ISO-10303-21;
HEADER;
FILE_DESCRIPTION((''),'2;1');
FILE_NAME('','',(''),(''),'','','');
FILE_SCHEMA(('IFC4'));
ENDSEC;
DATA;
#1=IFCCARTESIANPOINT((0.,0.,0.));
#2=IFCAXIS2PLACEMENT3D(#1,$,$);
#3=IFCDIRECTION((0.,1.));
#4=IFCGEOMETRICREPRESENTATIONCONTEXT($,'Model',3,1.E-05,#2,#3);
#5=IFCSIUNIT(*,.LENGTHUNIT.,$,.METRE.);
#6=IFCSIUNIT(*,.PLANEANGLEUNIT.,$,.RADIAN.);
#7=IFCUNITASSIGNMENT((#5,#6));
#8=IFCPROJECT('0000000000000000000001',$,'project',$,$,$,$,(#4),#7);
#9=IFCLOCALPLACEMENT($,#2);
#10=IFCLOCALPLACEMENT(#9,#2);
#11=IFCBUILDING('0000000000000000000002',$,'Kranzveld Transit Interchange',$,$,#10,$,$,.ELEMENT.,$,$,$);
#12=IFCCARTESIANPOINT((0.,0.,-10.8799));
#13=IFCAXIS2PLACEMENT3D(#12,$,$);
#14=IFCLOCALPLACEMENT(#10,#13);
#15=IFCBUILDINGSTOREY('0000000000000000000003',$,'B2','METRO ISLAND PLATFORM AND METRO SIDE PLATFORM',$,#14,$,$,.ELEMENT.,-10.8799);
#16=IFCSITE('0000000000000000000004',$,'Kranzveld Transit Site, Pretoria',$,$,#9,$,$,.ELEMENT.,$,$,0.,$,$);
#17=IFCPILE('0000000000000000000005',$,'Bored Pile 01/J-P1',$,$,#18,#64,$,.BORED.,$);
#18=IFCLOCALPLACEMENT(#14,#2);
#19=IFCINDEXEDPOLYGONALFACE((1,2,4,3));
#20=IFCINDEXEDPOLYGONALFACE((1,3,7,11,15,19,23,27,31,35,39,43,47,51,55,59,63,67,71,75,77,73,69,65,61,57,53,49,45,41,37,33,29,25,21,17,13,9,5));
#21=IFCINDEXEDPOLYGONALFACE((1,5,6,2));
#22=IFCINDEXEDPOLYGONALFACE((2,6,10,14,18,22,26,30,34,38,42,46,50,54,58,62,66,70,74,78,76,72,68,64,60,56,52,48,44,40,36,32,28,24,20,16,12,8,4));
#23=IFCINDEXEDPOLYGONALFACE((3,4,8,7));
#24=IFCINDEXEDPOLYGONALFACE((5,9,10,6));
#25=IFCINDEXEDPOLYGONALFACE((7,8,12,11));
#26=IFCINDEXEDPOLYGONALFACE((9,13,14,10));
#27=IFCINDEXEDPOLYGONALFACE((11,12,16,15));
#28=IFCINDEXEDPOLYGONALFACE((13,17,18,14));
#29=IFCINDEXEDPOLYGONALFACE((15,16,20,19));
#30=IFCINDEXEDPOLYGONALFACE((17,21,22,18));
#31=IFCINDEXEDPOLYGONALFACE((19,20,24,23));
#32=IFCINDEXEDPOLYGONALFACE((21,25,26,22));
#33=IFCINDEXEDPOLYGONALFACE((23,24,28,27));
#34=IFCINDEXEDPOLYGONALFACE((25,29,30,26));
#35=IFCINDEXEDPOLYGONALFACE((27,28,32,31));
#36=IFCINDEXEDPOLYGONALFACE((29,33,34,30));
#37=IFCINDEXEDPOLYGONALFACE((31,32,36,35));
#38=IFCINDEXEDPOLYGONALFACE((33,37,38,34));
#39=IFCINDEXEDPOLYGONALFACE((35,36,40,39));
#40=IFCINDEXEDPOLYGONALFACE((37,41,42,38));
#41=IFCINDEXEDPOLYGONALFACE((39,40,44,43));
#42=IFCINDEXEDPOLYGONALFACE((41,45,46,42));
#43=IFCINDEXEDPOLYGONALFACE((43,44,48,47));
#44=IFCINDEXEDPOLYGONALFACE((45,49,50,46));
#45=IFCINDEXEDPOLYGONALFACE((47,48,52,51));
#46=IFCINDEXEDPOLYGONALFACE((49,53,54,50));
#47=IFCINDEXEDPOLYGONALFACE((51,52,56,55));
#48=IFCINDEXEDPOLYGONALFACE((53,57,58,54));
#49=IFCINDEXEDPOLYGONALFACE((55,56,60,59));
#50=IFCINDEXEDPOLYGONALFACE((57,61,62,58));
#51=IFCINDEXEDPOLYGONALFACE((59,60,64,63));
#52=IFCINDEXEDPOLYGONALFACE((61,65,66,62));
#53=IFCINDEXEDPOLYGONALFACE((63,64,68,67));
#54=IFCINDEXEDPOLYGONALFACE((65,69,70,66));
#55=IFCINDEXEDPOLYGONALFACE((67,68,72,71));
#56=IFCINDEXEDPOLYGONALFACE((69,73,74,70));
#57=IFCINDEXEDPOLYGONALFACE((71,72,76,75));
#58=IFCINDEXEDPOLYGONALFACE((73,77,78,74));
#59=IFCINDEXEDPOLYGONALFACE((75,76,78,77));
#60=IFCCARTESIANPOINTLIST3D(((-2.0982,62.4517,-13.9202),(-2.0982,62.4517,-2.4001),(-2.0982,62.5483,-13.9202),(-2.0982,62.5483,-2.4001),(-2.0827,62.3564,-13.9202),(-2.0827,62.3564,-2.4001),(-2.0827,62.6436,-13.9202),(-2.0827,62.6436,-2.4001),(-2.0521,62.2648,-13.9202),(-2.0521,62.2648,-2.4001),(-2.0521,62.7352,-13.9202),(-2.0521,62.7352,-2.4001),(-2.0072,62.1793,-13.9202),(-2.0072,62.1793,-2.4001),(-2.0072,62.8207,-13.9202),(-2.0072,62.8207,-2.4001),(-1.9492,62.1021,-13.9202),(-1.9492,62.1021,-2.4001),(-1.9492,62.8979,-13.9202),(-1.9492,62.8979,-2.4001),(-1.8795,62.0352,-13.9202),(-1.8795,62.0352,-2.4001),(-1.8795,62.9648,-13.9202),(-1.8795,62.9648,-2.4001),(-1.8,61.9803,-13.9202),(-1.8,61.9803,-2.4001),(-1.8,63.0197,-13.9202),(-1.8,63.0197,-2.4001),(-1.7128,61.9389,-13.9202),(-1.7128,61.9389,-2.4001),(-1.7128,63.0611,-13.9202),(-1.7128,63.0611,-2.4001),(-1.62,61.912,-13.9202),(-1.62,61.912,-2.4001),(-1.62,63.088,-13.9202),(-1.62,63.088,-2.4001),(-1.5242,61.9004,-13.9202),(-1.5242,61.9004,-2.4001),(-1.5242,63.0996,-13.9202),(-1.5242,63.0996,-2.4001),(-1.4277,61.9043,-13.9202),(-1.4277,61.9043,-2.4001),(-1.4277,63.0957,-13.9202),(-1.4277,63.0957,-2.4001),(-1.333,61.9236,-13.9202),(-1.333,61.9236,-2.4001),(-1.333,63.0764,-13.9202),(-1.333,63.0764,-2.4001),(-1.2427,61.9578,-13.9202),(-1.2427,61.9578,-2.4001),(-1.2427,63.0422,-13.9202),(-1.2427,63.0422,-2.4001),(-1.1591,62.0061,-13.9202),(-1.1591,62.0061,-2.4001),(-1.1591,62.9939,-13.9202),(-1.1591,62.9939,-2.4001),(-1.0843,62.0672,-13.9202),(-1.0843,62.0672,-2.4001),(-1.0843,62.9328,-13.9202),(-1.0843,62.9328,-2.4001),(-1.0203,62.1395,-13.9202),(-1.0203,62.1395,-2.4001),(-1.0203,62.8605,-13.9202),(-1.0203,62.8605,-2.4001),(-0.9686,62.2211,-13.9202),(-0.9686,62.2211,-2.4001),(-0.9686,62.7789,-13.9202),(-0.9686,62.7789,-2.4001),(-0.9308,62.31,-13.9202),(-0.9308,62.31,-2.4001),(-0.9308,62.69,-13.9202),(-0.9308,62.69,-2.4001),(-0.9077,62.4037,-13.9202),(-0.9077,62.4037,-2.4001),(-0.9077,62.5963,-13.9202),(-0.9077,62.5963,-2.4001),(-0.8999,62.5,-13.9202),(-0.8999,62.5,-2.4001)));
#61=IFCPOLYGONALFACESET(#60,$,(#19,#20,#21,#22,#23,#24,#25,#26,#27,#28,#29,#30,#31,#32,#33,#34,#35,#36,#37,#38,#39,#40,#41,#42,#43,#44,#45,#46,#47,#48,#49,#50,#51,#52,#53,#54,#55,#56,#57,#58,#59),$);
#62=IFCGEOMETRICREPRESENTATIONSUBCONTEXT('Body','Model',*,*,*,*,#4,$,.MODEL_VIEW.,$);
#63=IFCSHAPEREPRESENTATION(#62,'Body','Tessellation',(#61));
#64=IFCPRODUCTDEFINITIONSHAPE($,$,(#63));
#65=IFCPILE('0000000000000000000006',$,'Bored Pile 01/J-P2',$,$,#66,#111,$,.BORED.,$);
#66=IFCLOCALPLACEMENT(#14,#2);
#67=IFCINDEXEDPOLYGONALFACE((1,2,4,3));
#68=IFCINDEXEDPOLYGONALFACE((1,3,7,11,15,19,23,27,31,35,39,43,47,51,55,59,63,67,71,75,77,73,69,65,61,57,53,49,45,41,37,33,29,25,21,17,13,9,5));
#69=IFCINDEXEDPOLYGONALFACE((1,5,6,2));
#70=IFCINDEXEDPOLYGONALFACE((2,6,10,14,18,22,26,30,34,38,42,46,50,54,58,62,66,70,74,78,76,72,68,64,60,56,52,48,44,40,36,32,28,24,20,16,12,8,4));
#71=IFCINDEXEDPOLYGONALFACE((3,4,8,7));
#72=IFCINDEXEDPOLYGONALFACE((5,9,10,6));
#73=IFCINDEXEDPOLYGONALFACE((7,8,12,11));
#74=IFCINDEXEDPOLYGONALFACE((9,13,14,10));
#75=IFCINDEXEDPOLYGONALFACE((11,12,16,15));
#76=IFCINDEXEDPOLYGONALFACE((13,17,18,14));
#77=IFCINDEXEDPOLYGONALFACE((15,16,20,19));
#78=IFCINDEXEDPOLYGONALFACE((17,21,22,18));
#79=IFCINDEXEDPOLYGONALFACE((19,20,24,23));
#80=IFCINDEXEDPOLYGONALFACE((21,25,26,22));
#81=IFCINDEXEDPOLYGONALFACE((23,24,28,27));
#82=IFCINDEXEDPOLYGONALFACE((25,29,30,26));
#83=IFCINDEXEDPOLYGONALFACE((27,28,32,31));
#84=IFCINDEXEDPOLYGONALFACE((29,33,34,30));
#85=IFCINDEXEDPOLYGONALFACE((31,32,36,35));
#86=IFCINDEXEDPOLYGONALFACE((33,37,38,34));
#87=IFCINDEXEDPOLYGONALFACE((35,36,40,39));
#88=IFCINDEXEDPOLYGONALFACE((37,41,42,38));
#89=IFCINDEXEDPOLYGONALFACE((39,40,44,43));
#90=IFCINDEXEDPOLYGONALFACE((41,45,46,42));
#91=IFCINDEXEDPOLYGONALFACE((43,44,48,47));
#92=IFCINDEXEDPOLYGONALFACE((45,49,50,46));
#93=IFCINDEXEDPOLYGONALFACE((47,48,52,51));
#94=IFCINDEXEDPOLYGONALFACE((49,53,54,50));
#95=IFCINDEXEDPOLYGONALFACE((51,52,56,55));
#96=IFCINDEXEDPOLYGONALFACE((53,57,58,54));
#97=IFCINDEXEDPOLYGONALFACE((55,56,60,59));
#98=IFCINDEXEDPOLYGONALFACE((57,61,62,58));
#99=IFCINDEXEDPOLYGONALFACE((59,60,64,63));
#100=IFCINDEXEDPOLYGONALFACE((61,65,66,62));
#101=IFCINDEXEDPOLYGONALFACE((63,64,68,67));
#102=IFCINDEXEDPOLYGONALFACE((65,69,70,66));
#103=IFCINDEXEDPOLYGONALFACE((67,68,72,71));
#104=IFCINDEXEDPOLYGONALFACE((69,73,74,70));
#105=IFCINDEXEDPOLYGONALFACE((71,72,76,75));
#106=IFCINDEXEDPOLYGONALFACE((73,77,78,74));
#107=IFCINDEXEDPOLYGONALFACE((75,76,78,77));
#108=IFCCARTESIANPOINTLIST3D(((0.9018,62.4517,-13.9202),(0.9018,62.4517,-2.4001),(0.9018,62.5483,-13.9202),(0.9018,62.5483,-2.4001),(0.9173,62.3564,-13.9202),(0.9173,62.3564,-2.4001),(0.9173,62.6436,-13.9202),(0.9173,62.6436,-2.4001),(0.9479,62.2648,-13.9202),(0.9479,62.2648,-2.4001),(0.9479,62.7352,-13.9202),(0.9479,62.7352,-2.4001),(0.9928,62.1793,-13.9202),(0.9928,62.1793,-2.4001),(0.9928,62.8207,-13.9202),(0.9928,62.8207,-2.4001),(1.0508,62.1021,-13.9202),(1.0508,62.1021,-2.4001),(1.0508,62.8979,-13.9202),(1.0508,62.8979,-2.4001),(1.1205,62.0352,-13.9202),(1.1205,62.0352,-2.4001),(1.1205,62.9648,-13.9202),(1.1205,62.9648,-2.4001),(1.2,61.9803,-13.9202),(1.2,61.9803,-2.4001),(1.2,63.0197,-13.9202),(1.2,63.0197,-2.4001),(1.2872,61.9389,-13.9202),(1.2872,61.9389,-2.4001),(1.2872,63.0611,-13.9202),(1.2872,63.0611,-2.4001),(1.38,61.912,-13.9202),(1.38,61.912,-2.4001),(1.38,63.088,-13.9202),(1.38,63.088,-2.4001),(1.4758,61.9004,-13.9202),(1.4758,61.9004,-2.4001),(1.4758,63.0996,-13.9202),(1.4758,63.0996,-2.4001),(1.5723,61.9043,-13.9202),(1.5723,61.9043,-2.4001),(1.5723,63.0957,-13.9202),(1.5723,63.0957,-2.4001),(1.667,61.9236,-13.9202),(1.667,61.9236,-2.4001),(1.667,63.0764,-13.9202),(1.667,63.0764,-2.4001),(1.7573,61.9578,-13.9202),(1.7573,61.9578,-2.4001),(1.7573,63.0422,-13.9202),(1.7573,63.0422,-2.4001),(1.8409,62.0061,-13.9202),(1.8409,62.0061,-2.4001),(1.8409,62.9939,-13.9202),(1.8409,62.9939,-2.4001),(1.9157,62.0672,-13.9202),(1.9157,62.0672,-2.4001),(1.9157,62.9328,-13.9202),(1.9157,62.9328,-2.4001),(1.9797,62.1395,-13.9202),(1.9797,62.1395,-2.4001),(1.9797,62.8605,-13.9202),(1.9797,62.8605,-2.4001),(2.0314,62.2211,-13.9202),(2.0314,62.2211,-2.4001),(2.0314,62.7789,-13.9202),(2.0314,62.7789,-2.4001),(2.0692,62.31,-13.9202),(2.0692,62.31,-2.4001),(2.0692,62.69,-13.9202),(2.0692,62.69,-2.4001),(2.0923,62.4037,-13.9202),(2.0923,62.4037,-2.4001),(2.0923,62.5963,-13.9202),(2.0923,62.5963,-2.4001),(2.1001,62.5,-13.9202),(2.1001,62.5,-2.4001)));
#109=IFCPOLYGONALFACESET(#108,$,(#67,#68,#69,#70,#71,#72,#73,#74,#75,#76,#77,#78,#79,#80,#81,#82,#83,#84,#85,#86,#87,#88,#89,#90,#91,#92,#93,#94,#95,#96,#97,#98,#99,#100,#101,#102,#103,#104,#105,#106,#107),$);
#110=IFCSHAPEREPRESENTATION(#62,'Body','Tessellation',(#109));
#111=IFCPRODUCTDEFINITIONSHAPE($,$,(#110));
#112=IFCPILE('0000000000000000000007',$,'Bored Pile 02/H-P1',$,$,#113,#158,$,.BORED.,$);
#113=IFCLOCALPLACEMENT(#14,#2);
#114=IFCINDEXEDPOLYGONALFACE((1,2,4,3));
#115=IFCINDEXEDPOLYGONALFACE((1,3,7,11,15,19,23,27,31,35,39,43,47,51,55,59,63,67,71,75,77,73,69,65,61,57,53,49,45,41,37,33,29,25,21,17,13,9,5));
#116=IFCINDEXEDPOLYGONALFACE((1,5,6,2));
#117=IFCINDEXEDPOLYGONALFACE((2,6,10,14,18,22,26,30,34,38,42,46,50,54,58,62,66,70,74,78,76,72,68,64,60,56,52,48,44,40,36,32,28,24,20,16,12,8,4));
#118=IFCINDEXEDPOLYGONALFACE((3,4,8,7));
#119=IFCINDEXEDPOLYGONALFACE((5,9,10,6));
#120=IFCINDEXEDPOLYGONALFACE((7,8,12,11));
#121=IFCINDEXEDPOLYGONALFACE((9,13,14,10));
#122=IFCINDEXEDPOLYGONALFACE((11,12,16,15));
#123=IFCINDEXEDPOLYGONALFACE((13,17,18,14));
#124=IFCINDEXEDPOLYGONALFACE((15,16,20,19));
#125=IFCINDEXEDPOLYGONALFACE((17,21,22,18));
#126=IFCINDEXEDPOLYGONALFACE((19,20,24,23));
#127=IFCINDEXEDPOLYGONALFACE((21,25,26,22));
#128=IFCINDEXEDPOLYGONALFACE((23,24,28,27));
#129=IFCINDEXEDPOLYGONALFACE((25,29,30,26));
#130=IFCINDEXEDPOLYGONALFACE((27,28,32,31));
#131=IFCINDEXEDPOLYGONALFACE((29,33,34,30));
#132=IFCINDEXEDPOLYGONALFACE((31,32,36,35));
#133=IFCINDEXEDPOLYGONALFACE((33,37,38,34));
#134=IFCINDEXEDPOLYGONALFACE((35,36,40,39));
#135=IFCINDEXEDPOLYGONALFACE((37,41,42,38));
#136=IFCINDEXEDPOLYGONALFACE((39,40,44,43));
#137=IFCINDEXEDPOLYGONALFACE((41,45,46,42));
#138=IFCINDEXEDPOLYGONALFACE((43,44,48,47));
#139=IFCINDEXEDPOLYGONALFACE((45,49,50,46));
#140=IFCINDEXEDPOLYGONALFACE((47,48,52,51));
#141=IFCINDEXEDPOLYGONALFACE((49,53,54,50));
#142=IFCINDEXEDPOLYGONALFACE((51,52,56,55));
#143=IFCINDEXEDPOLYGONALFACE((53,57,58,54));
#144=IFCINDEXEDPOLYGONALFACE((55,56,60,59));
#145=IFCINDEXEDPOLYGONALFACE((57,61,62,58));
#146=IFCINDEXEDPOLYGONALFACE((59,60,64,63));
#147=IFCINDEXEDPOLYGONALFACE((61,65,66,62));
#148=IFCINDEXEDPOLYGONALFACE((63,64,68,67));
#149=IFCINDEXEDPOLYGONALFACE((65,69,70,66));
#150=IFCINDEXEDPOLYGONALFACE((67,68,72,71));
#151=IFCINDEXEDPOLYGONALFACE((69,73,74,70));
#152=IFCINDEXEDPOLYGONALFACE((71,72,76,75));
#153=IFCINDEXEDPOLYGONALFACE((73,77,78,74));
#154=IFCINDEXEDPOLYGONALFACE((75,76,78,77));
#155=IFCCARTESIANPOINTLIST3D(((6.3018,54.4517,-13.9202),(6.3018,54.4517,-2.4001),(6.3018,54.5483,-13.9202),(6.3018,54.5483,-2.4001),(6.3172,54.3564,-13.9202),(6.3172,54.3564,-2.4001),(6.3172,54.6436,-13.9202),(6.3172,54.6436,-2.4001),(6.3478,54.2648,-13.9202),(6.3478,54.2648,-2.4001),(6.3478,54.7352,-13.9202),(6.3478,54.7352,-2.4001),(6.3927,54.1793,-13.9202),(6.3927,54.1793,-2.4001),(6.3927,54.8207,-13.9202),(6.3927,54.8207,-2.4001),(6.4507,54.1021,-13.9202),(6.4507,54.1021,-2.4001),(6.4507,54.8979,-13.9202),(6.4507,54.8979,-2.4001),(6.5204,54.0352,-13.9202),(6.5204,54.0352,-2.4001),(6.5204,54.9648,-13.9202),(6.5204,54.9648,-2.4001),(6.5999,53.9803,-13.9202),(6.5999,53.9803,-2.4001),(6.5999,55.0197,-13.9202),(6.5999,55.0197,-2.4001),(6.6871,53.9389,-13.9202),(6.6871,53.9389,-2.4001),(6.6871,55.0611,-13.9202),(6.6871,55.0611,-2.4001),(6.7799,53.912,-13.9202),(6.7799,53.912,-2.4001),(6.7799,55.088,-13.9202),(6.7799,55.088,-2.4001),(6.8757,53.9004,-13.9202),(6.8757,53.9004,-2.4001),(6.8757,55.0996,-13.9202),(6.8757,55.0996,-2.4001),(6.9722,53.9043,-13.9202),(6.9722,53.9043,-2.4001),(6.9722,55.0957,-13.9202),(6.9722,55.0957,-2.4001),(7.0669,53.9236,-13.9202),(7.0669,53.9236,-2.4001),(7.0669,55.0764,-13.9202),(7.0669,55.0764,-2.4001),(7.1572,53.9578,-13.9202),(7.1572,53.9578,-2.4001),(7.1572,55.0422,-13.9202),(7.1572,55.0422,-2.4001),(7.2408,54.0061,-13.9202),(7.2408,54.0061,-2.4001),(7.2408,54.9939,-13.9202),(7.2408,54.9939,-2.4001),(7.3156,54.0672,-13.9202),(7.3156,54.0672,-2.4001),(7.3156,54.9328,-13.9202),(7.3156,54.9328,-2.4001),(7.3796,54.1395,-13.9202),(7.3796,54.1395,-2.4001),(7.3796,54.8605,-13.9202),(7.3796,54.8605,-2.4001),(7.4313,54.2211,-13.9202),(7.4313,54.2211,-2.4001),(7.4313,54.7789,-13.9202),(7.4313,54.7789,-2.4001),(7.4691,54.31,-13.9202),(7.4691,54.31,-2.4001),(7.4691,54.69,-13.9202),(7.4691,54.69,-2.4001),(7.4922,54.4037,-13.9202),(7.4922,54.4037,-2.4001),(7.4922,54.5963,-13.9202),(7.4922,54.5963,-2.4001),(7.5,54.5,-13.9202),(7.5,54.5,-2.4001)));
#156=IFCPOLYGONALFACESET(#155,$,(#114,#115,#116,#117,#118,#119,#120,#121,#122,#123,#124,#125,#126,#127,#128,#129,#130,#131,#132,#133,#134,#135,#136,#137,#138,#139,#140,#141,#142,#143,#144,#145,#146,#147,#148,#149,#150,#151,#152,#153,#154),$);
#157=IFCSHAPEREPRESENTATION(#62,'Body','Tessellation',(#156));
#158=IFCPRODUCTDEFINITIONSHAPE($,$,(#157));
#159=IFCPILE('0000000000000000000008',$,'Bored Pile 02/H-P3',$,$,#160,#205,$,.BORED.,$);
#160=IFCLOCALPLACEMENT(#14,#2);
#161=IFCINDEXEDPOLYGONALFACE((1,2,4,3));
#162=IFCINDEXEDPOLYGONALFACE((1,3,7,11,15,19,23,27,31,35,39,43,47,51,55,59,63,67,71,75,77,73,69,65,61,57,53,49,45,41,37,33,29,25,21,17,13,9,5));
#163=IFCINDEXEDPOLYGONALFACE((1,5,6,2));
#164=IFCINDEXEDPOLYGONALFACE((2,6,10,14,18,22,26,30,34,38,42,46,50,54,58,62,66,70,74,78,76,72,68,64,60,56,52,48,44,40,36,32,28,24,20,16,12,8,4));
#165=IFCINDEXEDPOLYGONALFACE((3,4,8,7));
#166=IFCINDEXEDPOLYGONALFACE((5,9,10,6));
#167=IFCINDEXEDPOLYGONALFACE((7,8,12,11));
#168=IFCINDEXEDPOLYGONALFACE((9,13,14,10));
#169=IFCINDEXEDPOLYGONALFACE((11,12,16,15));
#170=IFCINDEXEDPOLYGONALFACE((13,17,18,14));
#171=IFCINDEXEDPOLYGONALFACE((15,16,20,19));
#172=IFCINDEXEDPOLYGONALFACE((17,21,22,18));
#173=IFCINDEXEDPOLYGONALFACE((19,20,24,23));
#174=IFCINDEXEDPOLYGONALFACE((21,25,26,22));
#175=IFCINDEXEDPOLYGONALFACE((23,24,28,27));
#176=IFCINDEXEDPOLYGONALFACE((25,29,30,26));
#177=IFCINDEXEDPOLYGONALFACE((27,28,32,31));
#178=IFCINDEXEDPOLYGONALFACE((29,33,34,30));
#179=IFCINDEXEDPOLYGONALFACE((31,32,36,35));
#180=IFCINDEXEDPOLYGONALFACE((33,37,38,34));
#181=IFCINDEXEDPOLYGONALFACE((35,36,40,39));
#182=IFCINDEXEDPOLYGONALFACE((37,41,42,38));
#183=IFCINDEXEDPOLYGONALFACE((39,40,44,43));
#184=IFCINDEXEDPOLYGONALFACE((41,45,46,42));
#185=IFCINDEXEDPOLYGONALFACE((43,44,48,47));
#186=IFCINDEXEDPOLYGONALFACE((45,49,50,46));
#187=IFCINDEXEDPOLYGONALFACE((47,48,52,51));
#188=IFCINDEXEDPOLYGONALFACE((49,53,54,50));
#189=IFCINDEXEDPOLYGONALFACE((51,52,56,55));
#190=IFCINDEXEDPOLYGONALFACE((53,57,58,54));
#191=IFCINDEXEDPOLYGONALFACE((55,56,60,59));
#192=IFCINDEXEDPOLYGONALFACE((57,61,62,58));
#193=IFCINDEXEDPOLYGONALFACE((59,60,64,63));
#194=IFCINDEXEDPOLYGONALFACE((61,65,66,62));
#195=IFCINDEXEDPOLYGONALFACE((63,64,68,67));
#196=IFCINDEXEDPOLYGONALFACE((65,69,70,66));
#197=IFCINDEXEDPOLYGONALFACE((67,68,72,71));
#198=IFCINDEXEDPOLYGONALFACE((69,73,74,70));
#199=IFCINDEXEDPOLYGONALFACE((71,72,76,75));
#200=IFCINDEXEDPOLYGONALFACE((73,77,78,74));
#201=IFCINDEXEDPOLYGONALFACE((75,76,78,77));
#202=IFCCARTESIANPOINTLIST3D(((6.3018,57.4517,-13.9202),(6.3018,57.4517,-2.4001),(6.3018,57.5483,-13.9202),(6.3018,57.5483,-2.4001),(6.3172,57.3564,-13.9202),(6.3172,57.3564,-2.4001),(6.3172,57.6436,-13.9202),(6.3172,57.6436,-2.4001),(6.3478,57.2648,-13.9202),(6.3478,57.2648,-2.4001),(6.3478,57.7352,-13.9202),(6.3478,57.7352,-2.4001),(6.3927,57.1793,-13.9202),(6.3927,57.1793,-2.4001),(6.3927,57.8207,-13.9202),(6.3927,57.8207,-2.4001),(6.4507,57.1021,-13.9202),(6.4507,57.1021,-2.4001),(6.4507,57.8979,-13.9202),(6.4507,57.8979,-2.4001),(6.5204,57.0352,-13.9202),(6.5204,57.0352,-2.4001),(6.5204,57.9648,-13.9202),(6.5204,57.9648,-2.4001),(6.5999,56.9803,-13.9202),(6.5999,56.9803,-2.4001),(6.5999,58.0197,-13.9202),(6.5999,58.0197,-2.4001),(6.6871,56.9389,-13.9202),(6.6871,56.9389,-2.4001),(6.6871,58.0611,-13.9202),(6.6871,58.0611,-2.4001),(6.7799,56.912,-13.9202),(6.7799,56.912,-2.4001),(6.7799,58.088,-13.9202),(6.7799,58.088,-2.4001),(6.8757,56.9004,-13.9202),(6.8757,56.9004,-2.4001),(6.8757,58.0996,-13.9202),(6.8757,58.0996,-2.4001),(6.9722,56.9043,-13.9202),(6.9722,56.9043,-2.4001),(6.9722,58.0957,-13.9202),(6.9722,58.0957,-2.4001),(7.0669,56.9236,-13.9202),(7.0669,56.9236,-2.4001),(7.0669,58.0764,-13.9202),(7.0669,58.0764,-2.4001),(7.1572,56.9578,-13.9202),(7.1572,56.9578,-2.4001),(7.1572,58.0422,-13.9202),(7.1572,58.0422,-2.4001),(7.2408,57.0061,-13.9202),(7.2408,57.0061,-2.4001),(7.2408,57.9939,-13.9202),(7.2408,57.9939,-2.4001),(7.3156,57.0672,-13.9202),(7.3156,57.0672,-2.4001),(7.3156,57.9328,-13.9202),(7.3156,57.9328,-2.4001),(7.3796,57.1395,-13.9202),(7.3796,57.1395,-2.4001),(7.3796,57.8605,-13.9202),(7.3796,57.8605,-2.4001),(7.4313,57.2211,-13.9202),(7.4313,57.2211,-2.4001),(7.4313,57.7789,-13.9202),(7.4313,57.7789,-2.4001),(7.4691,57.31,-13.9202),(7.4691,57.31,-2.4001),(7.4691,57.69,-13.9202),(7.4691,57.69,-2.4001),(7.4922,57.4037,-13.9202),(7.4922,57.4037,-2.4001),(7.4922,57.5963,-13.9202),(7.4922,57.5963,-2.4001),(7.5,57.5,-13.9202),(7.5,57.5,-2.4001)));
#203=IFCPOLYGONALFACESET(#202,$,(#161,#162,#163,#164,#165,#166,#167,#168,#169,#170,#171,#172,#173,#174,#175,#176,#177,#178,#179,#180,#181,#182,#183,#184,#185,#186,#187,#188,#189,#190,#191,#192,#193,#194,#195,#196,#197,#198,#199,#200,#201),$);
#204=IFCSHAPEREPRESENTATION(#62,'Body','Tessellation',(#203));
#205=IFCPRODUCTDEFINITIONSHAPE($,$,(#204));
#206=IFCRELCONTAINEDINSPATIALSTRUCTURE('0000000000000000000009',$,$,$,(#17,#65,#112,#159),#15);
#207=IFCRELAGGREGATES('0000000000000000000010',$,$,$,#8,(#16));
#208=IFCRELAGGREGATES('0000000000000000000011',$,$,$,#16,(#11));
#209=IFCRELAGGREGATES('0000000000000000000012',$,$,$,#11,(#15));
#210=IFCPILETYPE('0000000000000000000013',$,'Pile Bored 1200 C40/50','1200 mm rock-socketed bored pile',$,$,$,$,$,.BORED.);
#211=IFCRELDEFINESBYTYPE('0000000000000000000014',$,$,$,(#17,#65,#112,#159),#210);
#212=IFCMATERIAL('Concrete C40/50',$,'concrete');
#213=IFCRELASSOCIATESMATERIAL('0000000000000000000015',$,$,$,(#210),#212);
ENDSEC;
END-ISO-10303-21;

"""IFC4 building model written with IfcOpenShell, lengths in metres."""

from ifc_helpers import new_model, si_unit, direction, frame, origin, origin_2d, place, context, subcontext, project, spatial, circle, extrude, material, material_profile, profile_set, type_object, element, save


model = new_model("IFC4")

# Units and contexts
model_context = context("Model", 3, precision=1e-05, world=origin(), true_north=direction((0.0, 1.0)))
body_context = subcontext(model_context, "Body", "Model", "MODEL_VIEW")
ifc_project = project(units=[si_unit("LENGTHUNIT", "METRE"), si_unit("PLANEANGLEUNIT", "RADIAN")], contexts=[model_context])

# Site, building, storey
site_placement = place(None, origin())
site = spatial("IfcSite", under=ifc_project, at=site_placement, Name="Kranzveld Transit Site, Pretoria", CompositionType="ELEMENT", RefElevation=0.0)
building_placement = place(site_placement, origin())
building = spatial("IfcBuilding", under=site, at=building_placement, Name="Kranzveld Transit Interchange", CompositionType="ELEMENT")
storey_placement = place(building_placement, frame((0.0, 0.0, -10.8799)))
storey = spatial("IfcBuildingStorey", under=building, at=storey_placement, Name="B2", Description="METRO ISLAND PLATFORM AND METRO SIDE PLATFORM", CompositionType="ELEMENT", Elevation=-10.8799)

# Piles
ifc_material_1 = material(Name="Concrete C40/50", Category="concrete")
ifc_material_profile_1 = material_profile(ifc_material_1, circle(Radius=0.6001, at=origin_2d()), Name="BORED PILE 1200")
ifc_profile_set_1 = profile_set([ifc_material_profile_1], Name="Concrete C40/50")
pile_type = type_object("IfcPileType", Name="Pile Bored 1200 C40/50", Description="1200 mm rock-socketed bored pile", PredefinedType="BORED", material=ifc_profile_set_1)
for number, where, z_axis, x_axis, name in (
    (1, (-1.5, 62.5, -2.4001), (0.0, 0.0, -1.0), (1.0, 0.0, 0.0), "Bored Pile 01/J-P1"),
    (2, (1.5, 62.5, -2.4001), (0.0, 0.0, -1.0), (1.0, 0.0, 0.0), "Bored Pile 01/J-P2"),
    (3, (6.8999, 54.5, -2.4001), (0.0, 0.0, -1.0), (1.0, 0.0, 0.0), "Bored Pile 02/H-P1"),
    (4, (6.8999, 57.5, -2.4001), (0.0, 0.0, -1.0), (1.0, 0.0, 0.0), "Bored Pile 02/H-P3"),
):
    element("IfcPile", number, at=place(storey_placement, frame(where, z_axis=z_axis, x_axis=x_axis)), inside=storey, type_object=pile_type, Name=name, PredefinedType="BORED", context=body_context, shape_type="SweptSolid", body=[
        extrude(circle(Radius=0.6001, at=origin_2d()), origin(), (0.0, 0.0, 1.0), 11.52),
    ])

save(model, "model.ifc")
